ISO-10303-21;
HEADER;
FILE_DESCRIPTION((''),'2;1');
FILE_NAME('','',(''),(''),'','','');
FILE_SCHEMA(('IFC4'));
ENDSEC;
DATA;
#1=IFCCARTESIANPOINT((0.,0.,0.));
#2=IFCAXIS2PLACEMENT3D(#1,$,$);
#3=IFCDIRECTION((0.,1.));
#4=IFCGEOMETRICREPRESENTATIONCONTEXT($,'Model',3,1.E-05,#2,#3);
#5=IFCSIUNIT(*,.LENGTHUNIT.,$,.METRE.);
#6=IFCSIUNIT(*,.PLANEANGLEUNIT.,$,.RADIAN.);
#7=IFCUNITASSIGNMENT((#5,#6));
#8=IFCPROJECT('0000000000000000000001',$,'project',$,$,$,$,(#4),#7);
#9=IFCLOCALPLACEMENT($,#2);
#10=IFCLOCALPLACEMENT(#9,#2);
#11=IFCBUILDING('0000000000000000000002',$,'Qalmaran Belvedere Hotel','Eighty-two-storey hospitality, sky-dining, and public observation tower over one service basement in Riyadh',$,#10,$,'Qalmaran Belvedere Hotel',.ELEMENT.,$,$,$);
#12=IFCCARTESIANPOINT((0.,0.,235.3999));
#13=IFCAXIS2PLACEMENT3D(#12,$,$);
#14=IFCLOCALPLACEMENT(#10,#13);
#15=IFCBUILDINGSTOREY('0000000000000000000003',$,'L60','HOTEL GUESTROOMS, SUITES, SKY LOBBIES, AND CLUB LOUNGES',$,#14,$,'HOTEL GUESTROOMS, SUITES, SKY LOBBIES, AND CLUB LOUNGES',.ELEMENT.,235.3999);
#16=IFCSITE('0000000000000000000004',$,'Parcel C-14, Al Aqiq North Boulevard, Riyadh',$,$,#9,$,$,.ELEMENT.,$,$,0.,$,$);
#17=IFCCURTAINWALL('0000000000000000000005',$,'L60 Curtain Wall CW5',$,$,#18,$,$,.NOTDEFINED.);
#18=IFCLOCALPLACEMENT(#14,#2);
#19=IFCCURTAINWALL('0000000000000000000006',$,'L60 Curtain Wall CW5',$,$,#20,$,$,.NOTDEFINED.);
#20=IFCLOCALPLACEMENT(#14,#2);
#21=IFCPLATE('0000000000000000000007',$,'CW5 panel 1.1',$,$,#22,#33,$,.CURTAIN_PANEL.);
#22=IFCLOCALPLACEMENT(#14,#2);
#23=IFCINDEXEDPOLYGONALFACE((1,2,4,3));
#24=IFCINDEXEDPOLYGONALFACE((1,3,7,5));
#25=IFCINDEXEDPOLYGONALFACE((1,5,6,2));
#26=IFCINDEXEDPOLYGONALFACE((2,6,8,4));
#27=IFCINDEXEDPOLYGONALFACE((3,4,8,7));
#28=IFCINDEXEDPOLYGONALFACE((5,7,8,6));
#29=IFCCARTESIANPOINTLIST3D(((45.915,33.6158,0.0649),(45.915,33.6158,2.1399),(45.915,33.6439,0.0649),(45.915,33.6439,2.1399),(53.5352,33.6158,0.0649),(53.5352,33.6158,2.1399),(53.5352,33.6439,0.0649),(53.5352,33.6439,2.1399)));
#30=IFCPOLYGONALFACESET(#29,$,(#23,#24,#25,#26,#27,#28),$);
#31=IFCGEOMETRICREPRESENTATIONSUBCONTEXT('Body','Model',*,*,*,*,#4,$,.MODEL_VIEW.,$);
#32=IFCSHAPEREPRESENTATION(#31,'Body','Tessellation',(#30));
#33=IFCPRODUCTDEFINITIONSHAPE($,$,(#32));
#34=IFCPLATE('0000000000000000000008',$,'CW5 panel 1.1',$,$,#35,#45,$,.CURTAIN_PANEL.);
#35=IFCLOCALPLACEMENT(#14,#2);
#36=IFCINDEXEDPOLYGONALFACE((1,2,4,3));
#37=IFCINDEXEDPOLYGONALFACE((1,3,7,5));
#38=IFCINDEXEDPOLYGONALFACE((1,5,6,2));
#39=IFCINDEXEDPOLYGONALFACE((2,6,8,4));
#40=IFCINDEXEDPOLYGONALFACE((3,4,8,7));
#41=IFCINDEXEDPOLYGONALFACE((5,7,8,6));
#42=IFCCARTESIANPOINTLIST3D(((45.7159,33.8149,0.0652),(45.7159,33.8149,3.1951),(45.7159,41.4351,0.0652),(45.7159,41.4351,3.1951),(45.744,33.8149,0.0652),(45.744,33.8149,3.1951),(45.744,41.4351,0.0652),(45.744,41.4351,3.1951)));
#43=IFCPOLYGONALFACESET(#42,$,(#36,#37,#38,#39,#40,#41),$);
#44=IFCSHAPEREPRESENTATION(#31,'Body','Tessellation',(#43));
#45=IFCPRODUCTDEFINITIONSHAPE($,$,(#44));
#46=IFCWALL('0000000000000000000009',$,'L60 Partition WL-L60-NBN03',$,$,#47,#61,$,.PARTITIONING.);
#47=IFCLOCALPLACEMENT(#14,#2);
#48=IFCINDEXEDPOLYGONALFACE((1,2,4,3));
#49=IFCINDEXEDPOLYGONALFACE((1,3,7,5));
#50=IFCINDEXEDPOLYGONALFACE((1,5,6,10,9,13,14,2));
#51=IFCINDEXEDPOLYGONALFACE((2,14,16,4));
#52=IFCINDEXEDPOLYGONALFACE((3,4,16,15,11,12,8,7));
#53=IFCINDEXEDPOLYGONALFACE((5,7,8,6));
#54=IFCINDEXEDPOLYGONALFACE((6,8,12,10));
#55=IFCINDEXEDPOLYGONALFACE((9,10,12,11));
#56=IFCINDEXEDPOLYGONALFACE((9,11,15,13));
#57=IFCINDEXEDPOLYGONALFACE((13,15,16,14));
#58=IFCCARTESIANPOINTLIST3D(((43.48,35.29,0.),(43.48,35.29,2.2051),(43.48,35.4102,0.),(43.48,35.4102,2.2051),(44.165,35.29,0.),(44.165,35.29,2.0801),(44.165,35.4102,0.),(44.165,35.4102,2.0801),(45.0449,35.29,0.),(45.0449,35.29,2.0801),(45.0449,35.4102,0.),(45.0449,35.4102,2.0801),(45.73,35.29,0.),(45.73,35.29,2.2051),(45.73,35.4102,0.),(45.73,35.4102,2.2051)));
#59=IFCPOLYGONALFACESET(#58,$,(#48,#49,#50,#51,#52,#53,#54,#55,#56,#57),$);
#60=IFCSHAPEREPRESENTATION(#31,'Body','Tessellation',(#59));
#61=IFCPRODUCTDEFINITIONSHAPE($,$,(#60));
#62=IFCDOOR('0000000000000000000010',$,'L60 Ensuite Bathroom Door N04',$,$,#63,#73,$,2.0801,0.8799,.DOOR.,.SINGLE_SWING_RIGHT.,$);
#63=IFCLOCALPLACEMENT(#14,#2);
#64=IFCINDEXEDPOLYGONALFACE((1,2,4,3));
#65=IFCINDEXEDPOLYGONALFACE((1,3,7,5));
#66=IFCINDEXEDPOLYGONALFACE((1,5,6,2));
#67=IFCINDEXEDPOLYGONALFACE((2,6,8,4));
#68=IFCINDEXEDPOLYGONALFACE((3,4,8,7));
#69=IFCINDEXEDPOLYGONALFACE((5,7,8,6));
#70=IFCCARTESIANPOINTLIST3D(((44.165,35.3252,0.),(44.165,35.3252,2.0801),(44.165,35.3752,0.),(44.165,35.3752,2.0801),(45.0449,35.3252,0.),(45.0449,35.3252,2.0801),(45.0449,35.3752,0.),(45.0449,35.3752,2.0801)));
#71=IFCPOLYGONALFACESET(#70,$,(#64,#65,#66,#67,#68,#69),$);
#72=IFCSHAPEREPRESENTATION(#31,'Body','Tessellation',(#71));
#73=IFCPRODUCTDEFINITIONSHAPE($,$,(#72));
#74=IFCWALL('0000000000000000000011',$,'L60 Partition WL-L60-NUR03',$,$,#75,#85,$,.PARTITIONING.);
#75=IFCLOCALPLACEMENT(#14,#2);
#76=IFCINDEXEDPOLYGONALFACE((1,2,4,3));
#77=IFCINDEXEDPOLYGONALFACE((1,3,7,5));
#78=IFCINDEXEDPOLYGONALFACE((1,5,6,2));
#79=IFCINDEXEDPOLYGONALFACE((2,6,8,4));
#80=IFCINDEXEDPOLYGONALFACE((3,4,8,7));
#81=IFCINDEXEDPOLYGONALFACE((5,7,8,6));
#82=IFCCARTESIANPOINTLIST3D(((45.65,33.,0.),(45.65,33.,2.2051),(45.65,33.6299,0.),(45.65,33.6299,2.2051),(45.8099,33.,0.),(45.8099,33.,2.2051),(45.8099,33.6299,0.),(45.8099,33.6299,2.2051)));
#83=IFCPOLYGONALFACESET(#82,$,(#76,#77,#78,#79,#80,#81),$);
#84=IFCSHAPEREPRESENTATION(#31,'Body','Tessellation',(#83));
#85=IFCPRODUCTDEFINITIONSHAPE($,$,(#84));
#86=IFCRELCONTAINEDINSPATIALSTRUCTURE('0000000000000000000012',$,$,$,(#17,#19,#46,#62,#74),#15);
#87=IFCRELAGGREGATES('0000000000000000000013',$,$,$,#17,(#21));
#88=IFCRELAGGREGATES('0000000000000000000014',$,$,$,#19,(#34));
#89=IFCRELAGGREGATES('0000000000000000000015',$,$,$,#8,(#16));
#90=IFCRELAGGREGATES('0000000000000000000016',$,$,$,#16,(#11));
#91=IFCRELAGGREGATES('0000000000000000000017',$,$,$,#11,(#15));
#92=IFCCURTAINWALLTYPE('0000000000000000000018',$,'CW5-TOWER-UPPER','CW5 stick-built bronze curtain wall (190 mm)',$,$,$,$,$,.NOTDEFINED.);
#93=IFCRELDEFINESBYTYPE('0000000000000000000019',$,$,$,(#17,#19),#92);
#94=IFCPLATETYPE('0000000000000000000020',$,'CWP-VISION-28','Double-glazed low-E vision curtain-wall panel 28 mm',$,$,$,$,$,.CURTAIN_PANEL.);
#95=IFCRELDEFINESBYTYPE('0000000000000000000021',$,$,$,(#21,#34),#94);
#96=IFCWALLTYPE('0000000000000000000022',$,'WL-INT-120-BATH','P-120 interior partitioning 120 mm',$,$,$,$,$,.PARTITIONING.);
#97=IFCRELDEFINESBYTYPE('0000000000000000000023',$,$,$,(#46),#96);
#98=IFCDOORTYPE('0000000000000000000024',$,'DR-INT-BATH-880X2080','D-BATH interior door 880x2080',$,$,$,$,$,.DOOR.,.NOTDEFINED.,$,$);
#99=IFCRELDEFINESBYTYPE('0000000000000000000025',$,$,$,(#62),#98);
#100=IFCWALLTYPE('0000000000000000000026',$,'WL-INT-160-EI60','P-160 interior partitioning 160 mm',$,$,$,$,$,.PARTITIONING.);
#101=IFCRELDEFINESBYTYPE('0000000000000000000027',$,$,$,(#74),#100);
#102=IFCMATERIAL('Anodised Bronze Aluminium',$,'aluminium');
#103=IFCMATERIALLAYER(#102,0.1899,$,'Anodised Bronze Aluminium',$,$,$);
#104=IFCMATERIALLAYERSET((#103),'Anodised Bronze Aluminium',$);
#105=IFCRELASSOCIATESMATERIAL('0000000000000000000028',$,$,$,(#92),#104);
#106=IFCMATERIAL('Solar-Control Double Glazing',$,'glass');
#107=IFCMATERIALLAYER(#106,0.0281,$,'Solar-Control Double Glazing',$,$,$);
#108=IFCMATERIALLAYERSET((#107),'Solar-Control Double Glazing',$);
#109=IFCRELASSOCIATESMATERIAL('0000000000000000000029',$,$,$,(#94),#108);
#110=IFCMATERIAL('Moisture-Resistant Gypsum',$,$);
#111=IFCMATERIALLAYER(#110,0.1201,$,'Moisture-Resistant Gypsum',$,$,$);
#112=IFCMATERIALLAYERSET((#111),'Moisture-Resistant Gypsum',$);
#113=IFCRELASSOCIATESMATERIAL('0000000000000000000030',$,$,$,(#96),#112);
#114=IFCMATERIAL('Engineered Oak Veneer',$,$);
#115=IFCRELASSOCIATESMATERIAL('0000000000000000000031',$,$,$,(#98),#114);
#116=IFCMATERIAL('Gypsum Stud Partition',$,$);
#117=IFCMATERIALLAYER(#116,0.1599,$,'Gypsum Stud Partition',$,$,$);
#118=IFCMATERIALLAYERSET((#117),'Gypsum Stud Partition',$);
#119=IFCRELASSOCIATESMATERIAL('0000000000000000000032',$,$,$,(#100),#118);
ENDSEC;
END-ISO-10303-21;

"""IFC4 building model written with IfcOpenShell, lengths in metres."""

from ifc_helpers import new_model, si_unit, direction, frame, frame_2d, origin, origin_2d, place, context, subcontext, project, spatial, rectangle, extrude, material, layer, layer_set, type_object, element, fill, aggregate, save


model = new_model("IFC4")

# Units and contexts
model_context = context("Model", 3, precision=1e-05, world=origin(), true_north=direction((0.0, 1.0)))
body_context = subcontext(model_context, "Body", "Model", "MODEL_VIEW")
ifc_project = project(units=[si_unit("LENGTHUNIT", "METRE"), si_unit("PLANEANGLEUNIT", "RADIAN")], contexts=[model_context])

# Site, building, storey
site_placement = place(None, origin())
site = spatial("IfcSite", under=ifc_project, at=site_placement, Name="Parcel C-14, Al Aqiq North Boulevard, Riyadh", CompositionType="ELEMENT", RefElevation=0.0)
building_placement = place(site_placement, origin())
building = spatial("IfcBuilding", under=site, at=building_placement, Name="Qalmaran Belvedere Hotel", Description="Eighty-two-storey hospitality, sky-dining, and public observation tower over one service basement in Riyadh", LongName="Qalmaran Belvedere Hotel", CompositionType="ELEMENT")
storey_placement = place(building_placement, frame((0.0, 0.0, 235.3999)))
storey = spatial("IfcBuildingStorey", under=building, at=storey_placement, Name="L60", Description="HOTEL GUESTROOMS, SUITES, SKY LOBBIES, AND CLUB LOUNGES", LongName="HOTEL GUESTROOMS, SUITES, SKY LOBBIES, AND CLUB LOUNGES", CompositionType="ELEMENT", Elevation=235.3999)

# Shared definitions
ifc_material_1 = material(Name="Anodised Bronze Aluminium", Category="aluminium")
ifc_layer_1 = layer(ifc_material_1, 0.1899, Name="Anodised Bronze Aluminium")
ifc_layer_set_1 = layer_set([ifc_layer_1], Name="Anodised Bronze Aluminium")
curtain_wall_type = type_object("IfcCurtainWallType", Name="CW5-TOWER-UPPER", Description="CW5 stick-built bronze curtain wall (190 mm)", PredefinedType="NOTDEFINED", material=ifc_layer_set_1)

# Curtain walls
curtain_wall_1_placement = place(storey_placement, origin())
curtain_wall_1 = element("IfcCurtainWall", 1, at=curtain_wall_1_placement, inside=storey, type_object=curtain_wall_type, Name="L60 Curtain Wall CW5", PredefinedType="NOTDEFINED")
curtain_wall_2_placement = place(storey_placement, origin())
curtain_wall_2 = element("IfcCurtainWall", 2, at=curtain_wall_2_placement, inside=storey, type_object=curtain_wall_type, Name="L60 Curtain Wall CW5", PredefinedType="NOTDEFINED")

# Plates
ifc_material_2 = material(Name="Solar-Control Double Glazing", Category="glass")
ifc_layer_2 = layer(ifc_material_2, 0.0281, Name="Solar-Control Double Glazing")
ifc_layer_set_2 = layer_set([ifc_layer_2], Name="Solar-Control Double Glazing")
plate_type = type_object("IfcPlateType", Name="CWP-VISION-28", Description="Double-glazed low-E vision curtain-wall panel 28 mm", PredefinedType="CURTAIN_PANEL", material=ifc_layer_set_2)
plate_1_placement = place(storey_placement, frame((49.7251, 33.6299, 0.0649), z_axis=(0.0, 0.0, 1.0), x_axis=(-1.0, 0.0, 0.0)))
plate_1 = element("IfcPlate", 3, at=plate_1_placement, type_object=plate_type, Name="CW5 panel 1.1", PredefinedType="CURTAIN_PANEL", context=body_context, shape_type="SweptSolid", body=[
    extrude(rectangle(XDim=7.6201, YDim=0.0281, at=origin_2d()), origin(), (0.0, 0.0, 1.0), 2.075),
])
aggregate(curtain_wall_1, [plate_1])
plate_2_placement = place(storey_placement, frame((45.73, 37.625, 0.0652), z_axis=(0.0, 0.0, 1.0), x_axis=(0.0, 1.0, 0.0)))
plate_2 = element("IfcPlate", 4, at=plate_2_placement, type_object=plate_type, Name="CW5 panel 1.1", PredefinedType="CURTAIN_PANEL", context=body_context, shape_type="SweptSolid", body=[
    extrude(rectangle(XDim=7.6201, YDim=0.0281, at=origin_2d()), origin(), (0.0, 0.0, 1.0), 3.1299),
])
aggregate(curtain_wall_2, [plate_2])

# Wall, opening, door
ifc_material_3 = material(Name="Moisture-Resistant Gypsum")
ifc_layer_3 = layer(ifc_material_3, 0.1201, Name="Moisture-Resistant Gypsum")
ifc_layer_set_3 = layer_set([ifc_layer_3], Name="Moisture-Resistant Gypsum")
wall_type_1 = type_object("IfcWallType", Name="WL-INT-120-BATH", Description="P-120 interior partitioning 120 mm", PredefinedType="PARTITIONING", material=ifc_layer_set_3)
wall_1_placement = place(storey_placement, frame((43.48, 35.3501, 0.0), z_axis=(0.0, 0.0, 1.0), x_axis=(1.0, 0.0, 0.0)))
wall_1 = element("IfcWall", 5, at=wall_1_placement, inside=storey, type_object=wall_type_1, Name="L60 Partition WL-L60-NBN03", PredefinedType="PARTITIONING", context=body_context, shape_type="SweptSolid", body=[
    extrude(rectangle(XDim=2.25, YDim=0.1201, at=frame_2d((1.125, 0.0))), origin(), (0.0, 0.0, 1.0), 2.2051),
])
opening_placement = place(wall_1_placement, frame((1.5649, 0.0, 0.0), z_axis=(0.0, 0.0, 1.0), x_axis=(-1.0, 0.0, 0.0)))
opening = element("IfcOpeningElement", 6, at=opening_placement, cuts=wall_1, PredefinedType="OPENING", context=body_context, shape_type="SweptSolid", body=[
    extrude(rectangle(XDim=0.8799, YDim=2.0801, at=frame_2d((0.4399, 1.04))), frame((0.0, 0.0701, 0.0), z_axis=(0.0, -1.0, 0.0), x_axis=(1.0, 0.0, 0.0)), (0.0, 0.0, 1.0), 0.1401),
])
ifc_material_4 = material(Name="Engineered Oak Veneer")
door_type = type_object("IfcDoorType", Name="DR-INT-BATH-880X2080", Description="D-BATH interior door 880x2080", OperationType="NOTDEFINED", PredefinedType="DOOR", material=ifc_material_4)
door_placement = place(opening_placement, origin())
door = element("IfcDoor", 7, at=door_placement, inside=storey, type_object=door_type, Name="L60 Ensuite Bathroom Door N04", OperationType="SINGLE_SWING_RIGHT", OverallHeight=2.0801, OverallWidth=0.8799, PredefinedType="DOOR", context=body_context, shape_type="SweptSolid", body=[
    extrude(rectangle(XDim=0.8799, YDim=2.0801, at=frame_2d((0.4399, 1.04))), frame((0.0, 0.0249, 0.0), z_axis=(0.0, -1.0, 0.0), x_axis=(1.0, 0.0, 0.0)), (0.0, 0.0, 1.0), 0.05),
])
fill(opening, door)

# Wall
ifc_material_5 = material(Name="Gypsum Stud Partition")
ifc_layer_4 = layer(ifc_material_5, 0.1599, Name="Gypsum Stud Partition")
ifc_layer_set_4 = layer_set([ifc_layer_4], Name="Gypsum Stud Partition")
wall_type_2 = type_object("IfcWallType", Name="WL-INT-160-EI60", Description="P-160 interior partitioning 160 mm", PredefinedType="PARTITIONING", material=ifc_layer_set_4)
wall_2_placement = place(storey_placement, frame((45.73, 33.0, 0.0), z_axis=(0.0, 0.0, 1.0), x_axis=(0.0, 1.0, 0.0)))
element("IfcWall", 8, at=wall_2_placement, inside=storey, type_object=wall_type_2, Name="L60 Partition WL-L60-NUR03", PredefinedType="PARTITIONING", context=body_context, shape_type="SweptSolid", body=[
    extrude(rectangle(XDim=0.6299, YDim=0.1599, at=frame_2d((0.3149, 0.0))), origin(), (0.0, 0.0, 1.0), 2.2051),
])

save(model, "model.ifc")
